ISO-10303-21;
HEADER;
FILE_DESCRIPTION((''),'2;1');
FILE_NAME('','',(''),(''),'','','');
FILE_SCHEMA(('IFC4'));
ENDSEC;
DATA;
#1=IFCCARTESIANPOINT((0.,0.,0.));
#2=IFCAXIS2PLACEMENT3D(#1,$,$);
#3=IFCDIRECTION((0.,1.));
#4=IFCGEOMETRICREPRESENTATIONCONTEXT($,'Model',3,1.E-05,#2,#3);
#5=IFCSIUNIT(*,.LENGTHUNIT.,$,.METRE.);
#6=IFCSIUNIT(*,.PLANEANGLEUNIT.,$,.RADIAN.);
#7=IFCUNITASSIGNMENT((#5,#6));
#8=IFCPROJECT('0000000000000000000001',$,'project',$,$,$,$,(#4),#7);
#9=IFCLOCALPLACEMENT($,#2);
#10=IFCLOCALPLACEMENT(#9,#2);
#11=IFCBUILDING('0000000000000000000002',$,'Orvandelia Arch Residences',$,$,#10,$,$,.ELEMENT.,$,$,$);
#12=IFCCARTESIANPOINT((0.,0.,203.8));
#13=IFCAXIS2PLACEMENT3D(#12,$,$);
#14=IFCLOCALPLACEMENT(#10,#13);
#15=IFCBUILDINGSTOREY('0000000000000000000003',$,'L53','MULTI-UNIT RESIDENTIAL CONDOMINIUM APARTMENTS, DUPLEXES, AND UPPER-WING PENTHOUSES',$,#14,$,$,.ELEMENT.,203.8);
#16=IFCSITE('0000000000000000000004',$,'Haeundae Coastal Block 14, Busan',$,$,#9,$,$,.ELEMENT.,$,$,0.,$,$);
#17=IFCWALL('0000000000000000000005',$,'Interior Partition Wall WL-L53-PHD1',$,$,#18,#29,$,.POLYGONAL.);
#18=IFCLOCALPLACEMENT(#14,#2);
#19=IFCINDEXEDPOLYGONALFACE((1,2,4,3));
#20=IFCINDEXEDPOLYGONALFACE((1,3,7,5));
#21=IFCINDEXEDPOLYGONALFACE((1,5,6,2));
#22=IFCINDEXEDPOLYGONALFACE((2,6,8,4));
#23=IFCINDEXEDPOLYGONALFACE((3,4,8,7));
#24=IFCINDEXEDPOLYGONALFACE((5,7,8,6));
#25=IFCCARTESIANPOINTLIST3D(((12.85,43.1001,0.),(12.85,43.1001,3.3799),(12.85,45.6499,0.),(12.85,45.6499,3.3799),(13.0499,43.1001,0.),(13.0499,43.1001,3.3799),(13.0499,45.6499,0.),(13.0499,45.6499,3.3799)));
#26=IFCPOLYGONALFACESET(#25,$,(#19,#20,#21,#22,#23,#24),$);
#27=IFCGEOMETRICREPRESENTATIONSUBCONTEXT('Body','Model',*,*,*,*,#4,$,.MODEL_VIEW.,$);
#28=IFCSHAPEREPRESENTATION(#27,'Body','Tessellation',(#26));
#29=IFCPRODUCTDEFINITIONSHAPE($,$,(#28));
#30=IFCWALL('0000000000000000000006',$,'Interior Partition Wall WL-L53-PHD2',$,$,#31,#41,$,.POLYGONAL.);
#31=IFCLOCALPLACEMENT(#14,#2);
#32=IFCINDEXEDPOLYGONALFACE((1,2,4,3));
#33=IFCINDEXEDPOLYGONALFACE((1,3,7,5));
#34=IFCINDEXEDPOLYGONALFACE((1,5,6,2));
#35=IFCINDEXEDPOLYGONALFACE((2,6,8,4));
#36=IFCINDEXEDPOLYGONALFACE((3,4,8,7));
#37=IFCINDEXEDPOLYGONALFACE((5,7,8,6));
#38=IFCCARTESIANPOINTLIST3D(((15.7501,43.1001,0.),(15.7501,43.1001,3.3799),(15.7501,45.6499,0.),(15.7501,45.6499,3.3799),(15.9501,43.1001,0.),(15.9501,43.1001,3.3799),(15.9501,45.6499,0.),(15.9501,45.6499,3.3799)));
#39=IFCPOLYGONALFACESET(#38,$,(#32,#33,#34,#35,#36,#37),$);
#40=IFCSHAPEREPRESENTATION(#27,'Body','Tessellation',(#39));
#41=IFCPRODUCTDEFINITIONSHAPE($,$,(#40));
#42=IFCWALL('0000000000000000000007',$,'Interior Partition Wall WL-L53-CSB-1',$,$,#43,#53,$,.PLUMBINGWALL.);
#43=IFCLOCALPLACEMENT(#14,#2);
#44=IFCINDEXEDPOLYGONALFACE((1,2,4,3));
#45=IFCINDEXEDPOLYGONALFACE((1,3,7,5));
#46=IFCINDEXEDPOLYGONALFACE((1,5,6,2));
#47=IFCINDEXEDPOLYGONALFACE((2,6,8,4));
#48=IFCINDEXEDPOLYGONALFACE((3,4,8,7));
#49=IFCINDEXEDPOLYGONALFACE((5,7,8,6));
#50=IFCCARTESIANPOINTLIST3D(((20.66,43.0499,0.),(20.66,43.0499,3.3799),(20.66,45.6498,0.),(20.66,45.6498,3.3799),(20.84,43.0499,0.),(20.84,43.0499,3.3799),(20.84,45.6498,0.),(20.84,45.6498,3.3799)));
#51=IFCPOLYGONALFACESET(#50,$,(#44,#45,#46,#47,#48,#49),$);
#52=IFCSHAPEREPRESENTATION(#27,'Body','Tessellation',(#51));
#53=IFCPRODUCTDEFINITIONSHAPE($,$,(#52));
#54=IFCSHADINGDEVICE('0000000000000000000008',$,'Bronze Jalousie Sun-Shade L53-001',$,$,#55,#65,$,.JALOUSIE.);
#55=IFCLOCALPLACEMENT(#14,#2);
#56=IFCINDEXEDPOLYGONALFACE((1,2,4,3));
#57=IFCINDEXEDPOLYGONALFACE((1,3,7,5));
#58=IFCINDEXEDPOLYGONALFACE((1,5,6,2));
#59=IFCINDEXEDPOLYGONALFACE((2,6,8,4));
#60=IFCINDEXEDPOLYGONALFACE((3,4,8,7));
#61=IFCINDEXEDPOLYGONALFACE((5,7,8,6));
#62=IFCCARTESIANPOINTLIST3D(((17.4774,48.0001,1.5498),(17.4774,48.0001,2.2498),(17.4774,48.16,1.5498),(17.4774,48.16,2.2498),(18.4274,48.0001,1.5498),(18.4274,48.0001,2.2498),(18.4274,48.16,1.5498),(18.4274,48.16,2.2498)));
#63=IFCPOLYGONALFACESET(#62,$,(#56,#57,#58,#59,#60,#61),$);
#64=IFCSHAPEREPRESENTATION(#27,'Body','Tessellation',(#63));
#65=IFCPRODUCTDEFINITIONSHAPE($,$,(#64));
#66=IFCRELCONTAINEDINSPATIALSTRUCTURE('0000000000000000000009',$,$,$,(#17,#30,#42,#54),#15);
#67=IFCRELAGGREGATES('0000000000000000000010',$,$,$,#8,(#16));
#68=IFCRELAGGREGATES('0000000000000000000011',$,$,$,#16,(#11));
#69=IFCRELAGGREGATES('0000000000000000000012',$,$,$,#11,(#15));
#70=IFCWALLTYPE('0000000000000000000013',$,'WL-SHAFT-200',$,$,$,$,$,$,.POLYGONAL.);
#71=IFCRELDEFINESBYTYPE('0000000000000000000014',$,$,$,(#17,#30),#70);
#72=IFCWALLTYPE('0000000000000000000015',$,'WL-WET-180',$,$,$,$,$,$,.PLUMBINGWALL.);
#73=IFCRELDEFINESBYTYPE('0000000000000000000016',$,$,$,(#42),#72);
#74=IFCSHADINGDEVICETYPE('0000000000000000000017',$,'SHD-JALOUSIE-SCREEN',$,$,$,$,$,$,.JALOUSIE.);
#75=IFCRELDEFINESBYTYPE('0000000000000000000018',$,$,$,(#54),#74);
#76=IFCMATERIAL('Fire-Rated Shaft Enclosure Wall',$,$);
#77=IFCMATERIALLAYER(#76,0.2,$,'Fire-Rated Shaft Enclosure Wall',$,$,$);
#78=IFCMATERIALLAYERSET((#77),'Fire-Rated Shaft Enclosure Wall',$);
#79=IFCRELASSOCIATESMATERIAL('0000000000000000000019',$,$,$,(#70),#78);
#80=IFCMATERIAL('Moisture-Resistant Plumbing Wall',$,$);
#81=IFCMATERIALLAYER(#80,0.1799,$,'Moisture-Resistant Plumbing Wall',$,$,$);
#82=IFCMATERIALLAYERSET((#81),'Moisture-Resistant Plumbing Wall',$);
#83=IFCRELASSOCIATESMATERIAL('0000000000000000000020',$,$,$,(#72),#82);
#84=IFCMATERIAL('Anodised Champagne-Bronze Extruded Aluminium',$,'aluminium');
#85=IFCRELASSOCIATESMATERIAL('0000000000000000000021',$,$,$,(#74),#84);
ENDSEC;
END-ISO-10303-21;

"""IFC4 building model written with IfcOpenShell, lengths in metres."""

from ifc_helpers import new_model, si_unit, direction, frame, frame_2d, origin, origin_2d, place, context, subcontext, project, spatial, rectangle, extrude, material, layer, layer_set, type_object, element, save


model = new_model("IFC4")

# Units and contexts
model_context = context("Model", 3, precision=1e-05, world=origin(), true_north=direction((0.0, 1.0)))
body_context = subcontext(model_context, "Body", "Model", "MODEL_VIEW")
ifc_project = project(units=[si_unit("LENGTHUNIT", "METRE"), si_unit("PLANEANGLEUNIT", "RADIAN")], contexts=[model_context])

# Site, building, storey
site_placement = place(None, origin())
site = spatial("IfcSite", under=ifc_project, at=site_placement, Name="Haeundae Coastal Block 14, Busan", CompositionType="ELEMENT", RefElevation=0.0)
building_placement = place(site_placement, origin())
building = spatial("IfcBuilding", under=site, at=building_placement, Name="Orvandelia Arch Residences", CompositionType="ELEMENT")
storey_placement = place(building_placement, frame((0.0, 0.0, 203.8)))
storey = spatial("IfcBuildingStorey", under=building, at=storey_placement, Name="L53", Description="MULTI-UNIT RESIDENTIAL CONDOMINIUM APARTMENTS, DUPLEXES, AND UPPER-WING PENTHOUSES", CompositionType="ELEMENT", Elevation=203.8)

# Shared definitions
ifc_material_1 = material(Name="Fire-Rated Shaft Enclosure Wall")
ifc_layer_1 = layer(ifc_material_1, 0.2, Name="Fire-Rated Shaft Enclosure Wall")
ifc_layer_set_1 = layer_set([ifc_layer_1], Name="Fire-Rated Shaft Enclosure Wall")
wall_type_1 = type_object("IfcWallType", Name="WL-SHAFT-200", PredefinedType="POLYGONAL", material=ifc_layer_set_1)

# Walls
for number, where, z_axis, x_axis, name in (
    (1, (12.95, 43.1001, 0.0), (0.0, 0.0, 1.0), (0.0, 1.0, 0.0), "Interior Partition Wall WL-L53-PHD1"),
    (2, (15.8501, 43.1001, 0.0), (0.0, 0.0, 1.0), (0.0, 1.0, 0.0), "Interior Partition Wall WL-L53-PHD2"),
):
    element("IfcWall", number, at=place(storey_placement, frame(where, z_axis=z_axis, x_axis=x_axis)), inside=storey, type_object=wall_type_1, Name=name, PredefinedType="POLYGONAL", context=body_context, shape_type="SweptSolid", body=[
        extrude(rectangle(XDim=2.5498, YDim=0.2, at=frame_2d((1.2749, 0.0))), origin(), (0.0, 0.0, 1.0), 3.3799),
    ])
ifc_material_2 = material(Name="Moisture-Resistant Plumbing Wall")
ifc_layer_2 = layer(ifc_material_2, 0.1799, Name="Moisture-Resistant Plumbing Wall")
ifc_layer_set_2 = layer_set([ifc_layer_2], Name="Moisture-Resistant Plumbing Wall")
wall_type_2 = type_object("IfcWallType", Name="WL-WET-180", PredefinedType="PLUMBINGWALL", material=ifc_layer_set_2)
wall_1_placement = place(storey_placement, frame((20.75, 43.05, 0.0), z_axis=(0.0, 0.0, 1.0), x_axis=(0.0, 1.0, 0.0)))
element("IfcWall", 3, at=wall_1_placement, inside=storey, type_object=wall_type_2, Name="Interior Partition Wall WL-L53-CSB-1", PredefinedType="PLUMBINGWALL", context=body_context, shape_type="SweptSolid", body=[
    extrude(rectangle(XDim=2.5999, YDim=0.1799, at=frame_2d((1.2998, 0.0))), origin(), (0.0, 0.0, 1.0), 3.3799),
])

# Shading device
ifc_material_3 = material(Name="Anodised Champagne-Bronze Extruded Aluminium", Category="aluminium")
shading_device_type = type_object("IfcShadingDeviceType", Name="SHD-JALOUSIE-SCREEN", PredefinedType="JALOUSIE", material=ifc_material_3)
shading_device_placement = place(storey_placement, frame((17.9524, 48.0801, 1.5498), z_axis=(0.0, 0.0, 1.0), x_axis=(1.0, 0.0, 0.0)))
element("IfcShadingDevice", 4, at=shading_device_placement, inside=storey, type_object=shading_device_type, Name="Bronze Jalousie Sun-Shade L53-001", PredefinedType="JALOUSIE", context=body_context, shape_type="SweptSolid", body=[
    extrude(rectangle(XDim=0.95, YDim=0.1599, at=origin_2d()), origin(), (0.0, 0.0, 1.0), 0.7),
])

save(model, "model.ifc")
